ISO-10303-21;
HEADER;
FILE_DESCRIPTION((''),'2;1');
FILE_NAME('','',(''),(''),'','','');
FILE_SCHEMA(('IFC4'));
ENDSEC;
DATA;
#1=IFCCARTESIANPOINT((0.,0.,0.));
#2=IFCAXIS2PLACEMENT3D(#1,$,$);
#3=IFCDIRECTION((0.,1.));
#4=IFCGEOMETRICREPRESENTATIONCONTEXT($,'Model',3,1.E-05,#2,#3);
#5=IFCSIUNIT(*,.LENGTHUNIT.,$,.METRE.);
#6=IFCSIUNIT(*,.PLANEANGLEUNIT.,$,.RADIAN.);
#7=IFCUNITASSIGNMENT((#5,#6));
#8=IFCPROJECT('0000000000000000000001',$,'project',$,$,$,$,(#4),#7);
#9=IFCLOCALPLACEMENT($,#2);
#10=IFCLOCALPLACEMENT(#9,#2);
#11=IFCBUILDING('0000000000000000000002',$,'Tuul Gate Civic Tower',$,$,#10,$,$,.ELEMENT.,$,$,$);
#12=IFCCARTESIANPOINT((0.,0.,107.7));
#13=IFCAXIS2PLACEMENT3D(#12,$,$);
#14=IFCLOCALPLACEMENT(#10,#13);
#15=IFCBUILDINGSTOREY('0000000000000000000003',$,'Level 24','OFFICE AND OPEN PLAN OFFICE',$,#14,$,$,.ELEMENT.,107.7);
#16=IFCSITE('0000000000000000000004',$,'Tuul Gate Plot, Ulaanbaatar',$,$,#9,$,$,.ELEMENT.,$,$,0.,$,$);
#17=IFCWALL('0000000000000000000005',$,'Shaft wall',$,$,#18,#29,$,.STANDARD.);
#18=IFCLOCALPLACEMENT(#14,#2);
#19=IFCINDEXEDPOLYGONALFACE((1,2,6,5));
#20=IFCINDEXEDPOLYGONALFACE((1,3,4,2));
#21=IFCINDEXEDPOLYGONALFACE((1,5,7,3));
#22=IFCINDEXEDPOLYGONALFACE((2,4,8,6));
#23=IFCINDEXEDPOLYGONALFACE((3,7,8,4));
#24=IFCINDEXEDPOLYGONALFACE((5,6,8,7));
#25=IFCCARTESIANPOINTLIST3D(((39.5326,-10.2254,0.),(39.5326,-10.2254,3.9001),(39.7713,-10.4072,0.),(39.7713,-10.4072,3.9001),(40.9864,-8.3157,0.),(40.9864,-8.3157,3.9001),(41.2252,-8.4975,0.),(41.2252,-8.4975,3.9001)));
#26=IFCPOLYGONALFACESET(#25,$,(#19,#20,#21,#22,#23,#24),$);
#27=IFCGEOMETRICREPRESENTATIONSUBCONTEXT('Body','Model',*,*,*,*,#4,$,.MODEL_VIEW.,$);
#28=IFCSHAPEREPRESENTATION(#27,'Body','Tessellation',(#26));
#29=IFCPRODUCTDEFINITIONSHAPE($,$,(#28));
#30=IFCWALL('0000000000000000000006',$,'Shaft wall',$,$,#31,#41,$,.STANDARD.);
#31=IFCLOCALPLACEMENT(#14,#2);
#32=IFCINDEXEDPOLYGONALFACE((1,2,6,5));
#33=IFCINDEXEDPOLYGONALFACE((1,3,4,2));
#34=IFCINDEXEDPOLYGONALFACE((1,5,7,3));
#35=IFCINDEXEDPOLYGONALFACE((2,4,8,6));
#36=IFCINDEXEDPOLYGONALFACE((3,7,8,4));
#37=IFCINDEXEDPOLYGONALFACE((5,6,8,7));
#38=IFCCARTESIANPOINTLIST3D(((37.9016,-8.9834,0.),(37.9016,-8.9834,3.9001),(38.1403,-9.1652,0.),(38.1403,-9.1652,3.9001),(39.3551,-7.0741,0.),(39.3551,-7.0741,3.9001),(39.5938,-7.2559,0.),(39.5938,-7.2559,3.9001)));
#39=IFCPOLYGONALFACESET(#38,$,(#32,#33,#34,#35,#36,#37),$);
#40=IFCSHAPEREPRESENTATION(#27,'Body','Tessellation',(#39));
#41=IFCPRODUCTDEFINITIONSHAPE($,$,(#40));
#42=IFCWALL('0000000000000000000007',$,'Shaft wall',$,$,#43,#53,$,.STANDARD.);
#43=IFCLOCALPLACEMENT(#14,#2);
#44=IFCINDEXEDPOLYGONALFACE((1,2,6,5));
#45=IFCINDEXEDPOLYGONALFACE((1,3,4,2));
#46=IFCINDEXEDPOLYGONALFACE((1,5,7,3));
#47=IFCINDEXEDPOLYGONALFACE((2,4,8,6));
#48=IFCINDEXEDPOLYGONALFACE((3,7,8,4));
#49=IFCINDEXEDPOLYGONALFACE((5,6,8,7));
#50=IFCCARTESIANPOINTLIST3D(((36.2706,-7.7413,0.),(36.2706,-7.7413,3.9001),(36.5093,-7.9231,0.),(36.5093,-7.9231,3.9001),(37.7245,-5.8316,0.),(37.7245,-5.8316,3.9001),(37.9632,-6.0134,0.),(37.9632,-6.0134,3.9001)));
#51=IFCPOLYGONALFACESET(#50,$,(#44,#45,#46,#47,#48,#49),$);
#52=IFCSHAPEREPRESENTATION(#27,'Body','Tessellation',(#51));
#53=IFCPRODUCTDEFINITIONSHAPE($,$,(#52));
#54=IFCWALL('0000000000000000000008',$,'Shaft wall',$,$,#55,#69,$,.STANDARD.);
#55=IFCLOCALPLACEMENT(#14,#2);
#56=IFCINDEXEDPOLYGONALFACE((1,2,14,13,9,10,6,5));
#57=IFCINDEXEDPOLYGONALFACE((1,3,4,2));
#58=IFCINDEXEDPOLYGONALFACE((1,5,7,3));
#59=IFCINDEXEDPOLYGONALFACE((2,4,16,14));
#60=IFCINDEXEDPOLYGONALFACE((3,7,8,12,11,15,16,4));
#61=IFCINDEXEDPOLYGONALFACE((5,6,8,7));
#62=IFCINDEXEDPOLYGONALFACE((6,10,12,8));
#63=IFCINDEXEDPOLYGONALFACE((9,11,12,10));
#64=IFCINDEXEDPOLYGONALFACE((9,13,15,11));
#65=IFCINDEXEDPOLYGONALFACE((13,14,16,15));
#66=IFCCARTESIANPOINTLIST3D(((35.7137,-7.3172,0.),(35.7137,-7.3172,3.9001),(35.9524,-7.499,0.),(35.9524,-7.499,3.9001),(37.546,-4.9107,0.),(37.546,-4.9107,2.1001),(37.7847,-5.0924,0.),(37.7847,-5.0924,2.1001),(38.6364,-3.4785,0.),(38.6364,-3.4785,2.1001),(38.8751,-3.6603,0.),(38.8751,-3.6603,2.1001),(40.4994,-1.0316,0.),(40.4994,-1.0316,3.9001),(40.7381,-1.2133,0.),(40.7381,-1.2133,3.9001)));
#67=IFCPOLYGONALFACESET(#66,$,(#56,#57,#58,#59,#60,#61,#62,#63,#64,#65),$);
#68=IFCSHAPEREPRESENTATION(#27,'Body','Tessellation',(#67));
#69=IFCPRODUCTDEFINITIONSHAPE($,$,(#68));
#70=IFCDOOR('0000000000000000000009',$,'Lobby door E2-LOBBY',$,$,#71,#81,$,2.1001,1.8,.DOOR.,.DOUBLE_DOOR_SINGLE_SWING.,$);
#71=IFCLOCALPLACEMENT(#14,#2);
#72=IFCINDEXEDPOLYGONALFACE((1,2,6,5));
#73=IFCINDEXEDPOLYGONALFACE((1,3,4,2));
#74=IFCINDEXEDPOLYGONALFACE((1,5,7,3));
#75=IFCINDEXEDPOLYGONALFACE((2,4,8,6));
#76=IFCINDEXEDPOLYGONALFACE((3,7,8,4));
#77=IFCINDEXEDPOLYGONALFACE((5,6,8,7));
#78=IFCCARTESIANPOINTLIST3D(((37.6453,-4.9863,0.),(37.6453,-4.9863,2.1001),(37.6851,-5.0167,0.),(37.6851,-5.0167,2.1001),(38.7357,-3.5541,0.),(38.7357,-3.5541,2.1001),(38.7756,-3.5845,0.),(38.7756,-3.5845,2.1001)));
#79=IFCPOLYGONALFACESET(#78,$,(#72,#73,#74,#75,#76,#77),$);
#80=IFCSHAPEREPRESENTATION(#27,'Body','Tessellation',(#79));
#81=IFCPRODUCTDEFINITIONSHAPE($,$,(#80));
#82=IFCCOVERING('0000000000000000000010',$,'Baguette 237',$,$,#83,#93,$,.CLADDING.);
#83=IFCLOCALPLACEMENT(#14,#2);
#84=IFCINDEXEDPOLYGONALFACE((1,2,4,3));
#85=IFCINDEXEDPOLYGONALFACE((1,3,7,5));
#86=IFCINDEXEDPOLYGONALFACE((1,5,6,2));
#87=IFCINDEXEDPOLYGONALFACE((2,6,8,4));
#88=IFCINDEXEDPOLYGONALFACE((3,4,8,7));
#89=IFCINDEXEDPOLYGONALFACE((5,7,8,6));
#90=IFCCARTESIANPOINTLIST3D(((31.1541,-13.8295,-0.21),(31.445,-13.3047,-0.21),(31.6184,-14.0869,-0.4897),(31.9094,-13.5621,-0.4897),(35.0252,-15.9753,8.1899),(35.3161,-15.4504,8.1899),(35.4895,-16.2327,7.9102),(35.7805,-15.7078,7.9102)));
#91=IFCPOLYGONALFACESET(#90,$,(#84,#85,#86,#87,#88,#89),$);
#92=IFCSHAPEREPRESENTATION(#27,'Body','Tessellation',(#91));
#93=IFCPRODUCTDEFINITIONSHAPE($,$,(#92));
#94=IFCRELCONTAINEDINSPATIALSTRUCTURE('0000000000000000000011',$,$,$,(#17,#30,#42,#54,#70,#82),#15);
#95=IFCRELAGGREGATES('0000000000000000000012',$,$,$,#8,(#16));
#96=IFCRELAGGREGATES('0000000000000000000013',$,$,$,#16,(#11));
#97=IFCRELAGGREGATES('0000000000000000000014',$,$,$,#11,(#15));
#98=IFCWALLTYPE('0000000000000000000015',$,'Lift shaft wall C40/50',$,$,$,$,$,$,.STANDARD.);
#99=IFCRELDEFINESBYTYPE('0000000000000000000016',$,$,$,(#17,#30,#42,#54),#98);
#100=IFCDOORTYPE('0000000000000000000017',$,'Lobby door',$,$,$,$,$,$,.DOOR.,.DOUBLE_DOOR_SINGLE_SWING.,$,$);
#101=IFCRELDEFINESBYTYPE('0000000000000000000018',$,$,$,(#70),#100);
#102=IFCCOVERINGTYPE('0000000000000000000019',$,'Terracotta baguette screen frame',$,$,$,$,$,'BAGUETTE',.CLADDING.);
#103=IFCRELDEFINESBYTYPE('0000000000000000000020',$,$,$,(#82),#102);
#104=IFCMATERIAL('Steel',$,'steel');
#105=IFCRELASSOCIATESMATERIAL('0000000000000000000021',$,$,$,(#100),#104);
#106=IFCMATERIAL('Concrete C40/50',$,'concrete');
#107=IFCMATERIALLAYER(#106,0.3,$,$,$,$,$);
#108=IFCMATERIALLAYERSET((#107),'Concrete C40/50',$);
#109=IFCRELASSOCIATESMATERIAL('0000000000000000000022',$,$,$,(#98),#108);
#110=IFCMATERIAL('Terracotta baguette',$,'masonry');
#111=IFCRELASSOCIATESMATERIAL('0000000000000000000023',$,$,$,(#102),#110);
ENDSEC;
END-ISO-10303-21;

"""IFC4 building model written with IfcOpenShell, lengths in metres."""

from ifc_helpers import new_model, si_unit, direction, frame, frame_2d, origin, origin_2d, place, context, subcontext, project, spatial, rectangle, extrude, material, layer, layer_set, material_profile, profile_set, type_object, element, fill, save


model = new_model("IFC4")

# Units and contexts
model_context = context("Model", 3, precision=1e-05, world=origin(), true_north=direction((0.0, 1.0)))
body_context = subcontext(model_context, "Body", "Model", "MODEL_VIEW")
ifc_project = project(units=[si_unit("LENGTHUNIT", "METRE"), si_unit("PLANEANGLEUNIT", "RADIAN")], contexts=[model_context])

# Site, building, storey
site_placement = place(None, origin())
site = spatial("IfcSite", under=ifc_project, at=site_placement, Name="Tuul Gate Plot, Ulaanbaatar", CompositionType="ELEMENT", RefElevation=0.0)
building_placement = place(site_placement, origin())
building = spatial("IfcBuilding", under=site, at=building_placement, Name="Tuul Gate Civic Tower", CompositionType="ELEMENT")
storey_placement = place(building_placement, frame((0.0, 0.0, 107.7)))
storey = spatial("IfcBuildingStorey", under=building, at=storey_placement, Name="Level 24", Description="OFFICE AND OPEN PLAN OFFICE", CompositionType="ELEMENT", Elevation=107.7)

# Shared definitions
ifc_material_1 = material(Name="Steel", Category="steel")
door_type_1 = type_object("IfcDoorType", Name="Lobby door", OperationType="DOUBLE_DOOR_SINGLE_SWING", PredefinedType="DOOR", material=ifc_material_1)

# Shared definitions
ifc_material_2 = material(Name="Concrete C40/50", Category="concrete")
ifc_layer_1 = layer(ifc_material_2, 0.3)
ifc_layer_set_1 = layer_set([ifc_layer_1], Name="Concrete C40/50")
wall_type_1 = type_object("IfcWallType", Name="Lift shaft wall C40/50", PredefinedType="STANDARD", material=ifc_layer_set_1)

# Walls
wall_1_placement = place(storey_placement, frame((39.6519, -10.3164, 0.0), z_axis=(0.0, 0.0, 1.0), x_axis=(0.605746, 0.795658, 0.0)))
element("IfcWall", 1, at=wall_1_placement, inside=storey, type_object=wall_type_1, Name="Shaft wall", PredefinedType="STANDARD", context=body_context, shape_type="SweptSolid", body=[
    extrude(rectangle(XDim=2.4001, YDim=0.3, at=frame_2d((1.2002, 0.0))), origin(), (0.0, 0.0, 1.0), 3.9001),
])
wall_2_placement = place(storey_placement, frame((38.021, -9.0742, 0.0), z_axis=(0.0, 0.0, 1.0), x_axis=(0.605731, 0.79567, 0.0)))
element("IfcWall", 2, at=wall_2_placement, inside=storey, type_object=wall_type_1, Name="Shaft wall", PredefinedType="STANDARD", context=body_context, shape_type="SweptSolid", body=[
    extrude(rectangle(XDim=2.3997, YDim=0.3, at=frame_2d((1.1997, 0.0))), origin(), (0.0, 0.0, 1.0), 3.9001),
])
wall_3_placement = place(storey_placement, frame((36.3899, -7.8323, 0.0), z_axis=(0.0, 0.0, 1.0), x_axis=(0.605746, 0.795658, 0.0)))
element("IfcWall", 3, at=wall_3_placement, inside=storey, type_object=wall_type_1, Name="Shaft wall", PredefinedType="STANDARD", context=body_context, shape_type="SweptSolid", body=[
    extrude(rectangle(XDim=2.4001, YDim=0.3, at=frame_2d((1.2002, 0.0))), origin(), (0.0, 0.0, 1.0), 3.9001),
])

# Wall, opening, door
wall_4_placement = place(storey_placement, frame((35.833, -7.4082, 0.0), z_axis=(0.0, 0.0, 1.0), x_axis=(0.605769, 0.79564, 0.0)))
wall_4 = element("IfcWall", 4, at=wall_4_placement, inside=storey, type_object=wall_type_1, Name="Shaft wall", PredefinedType="STANDARD", context=body_context, shape_type="SweptSolid", body=[
    extrude(rectangle(XDim=7.9001, YDim=0.3, at=frame_2d((3.9502, 0.0))), origin(), (0.0, 0.0, 1.0), 3.9001),
])
opening_1_placement = place(wall_4_placement, frame((3.0249, 0.0, 0.0)))
opening_1 = element("IfcOpeningElement", 5, at=opening_1_placement, cuts=wall_4, PredefinedType="OPENING", context=body_context, shape_type="SweptSolid", body=[
    extrude(rectangle(XDim=1.8, YDim=2.1001, at=frame_2d((0.8999, 1.05))), frame((0.0, 0.1602, 0.0), z_axis=(0.0, -1.0, 0.0), x_axis=(1.0, 0.0, 0.0)), (0.0, 0.0, 1.0), 0.3201),
])
door_1_placement = place(opening_1_placement, frame((1.8, 0.0, 0.0), z_axis=(0.0, 0.0, 1.0), x_axis=(-1.0, 0.0, 0.0)))
door_1 = element("IfcDoor", 6, at=door_1_placement, inside=storey, type_object=door_type_1, Name="Lobby door E2-LOBBY", OperationType="DOUBLE_DOOR_SINGLE_SWING", OverallHeight=2.1001, OverallWidth=1.8, PredefinedType="DOOR", context=body_context, shape_type="SweptSolid", body=[
    extrude(rectangle(XDim=1.8, YDim=2.1001, at=frame_2d((0.9001, 1.05))), frame((0.0, 0.0249, 0.0), z_axis=(0.0, -1.0, 0.0), x_axis=(1.0, 0.0, 0.0)), (0.0, 0.0, 1.0), 0.05),
])
fill(opening_1, door_1)

# Covering
ifc_material_3 = material(Name="Terracotta baguette", Category="masonry")
ifc_material_profile_1 = material_profile(ifc_material_3, rectangle(XDim=0.6001, YDim=0.6001, at=origin_2d()), Name="Terracotta baguette screen frame")
ifc_profile_set_1 = profile_set([ifc_material_profile_1], Name="Terracotta baguette")
covering_type = type_object("IfcCoveringType", Name="Terracotta baguette screen frame", ElementType="BAGUETTE", PredefinedType="CLADDING", material=ifc_profile_set_1)
covering_placement = place(storey_placement, frame((31.5317, -13.6958, -0.3499), z_axis=(0.407714, -0.225996, 0.8847), x_axis=(0.484804, 0.874623, 0.0)))
element("IfcCovering", 7, at=covering_placement, inside=storey, type_object=covering_type, Name="Baguette 237", PredefinedType="CLADDING", context=body_context, shape_type="SweptSolid", body=[
    extrude(rectangle(XDim=0.6001, YDim=0.6001, at=origin_2d()), origin(), (0.0, 0.0, 1.0), 9.4946),
])

save(model, "model.ifc")
